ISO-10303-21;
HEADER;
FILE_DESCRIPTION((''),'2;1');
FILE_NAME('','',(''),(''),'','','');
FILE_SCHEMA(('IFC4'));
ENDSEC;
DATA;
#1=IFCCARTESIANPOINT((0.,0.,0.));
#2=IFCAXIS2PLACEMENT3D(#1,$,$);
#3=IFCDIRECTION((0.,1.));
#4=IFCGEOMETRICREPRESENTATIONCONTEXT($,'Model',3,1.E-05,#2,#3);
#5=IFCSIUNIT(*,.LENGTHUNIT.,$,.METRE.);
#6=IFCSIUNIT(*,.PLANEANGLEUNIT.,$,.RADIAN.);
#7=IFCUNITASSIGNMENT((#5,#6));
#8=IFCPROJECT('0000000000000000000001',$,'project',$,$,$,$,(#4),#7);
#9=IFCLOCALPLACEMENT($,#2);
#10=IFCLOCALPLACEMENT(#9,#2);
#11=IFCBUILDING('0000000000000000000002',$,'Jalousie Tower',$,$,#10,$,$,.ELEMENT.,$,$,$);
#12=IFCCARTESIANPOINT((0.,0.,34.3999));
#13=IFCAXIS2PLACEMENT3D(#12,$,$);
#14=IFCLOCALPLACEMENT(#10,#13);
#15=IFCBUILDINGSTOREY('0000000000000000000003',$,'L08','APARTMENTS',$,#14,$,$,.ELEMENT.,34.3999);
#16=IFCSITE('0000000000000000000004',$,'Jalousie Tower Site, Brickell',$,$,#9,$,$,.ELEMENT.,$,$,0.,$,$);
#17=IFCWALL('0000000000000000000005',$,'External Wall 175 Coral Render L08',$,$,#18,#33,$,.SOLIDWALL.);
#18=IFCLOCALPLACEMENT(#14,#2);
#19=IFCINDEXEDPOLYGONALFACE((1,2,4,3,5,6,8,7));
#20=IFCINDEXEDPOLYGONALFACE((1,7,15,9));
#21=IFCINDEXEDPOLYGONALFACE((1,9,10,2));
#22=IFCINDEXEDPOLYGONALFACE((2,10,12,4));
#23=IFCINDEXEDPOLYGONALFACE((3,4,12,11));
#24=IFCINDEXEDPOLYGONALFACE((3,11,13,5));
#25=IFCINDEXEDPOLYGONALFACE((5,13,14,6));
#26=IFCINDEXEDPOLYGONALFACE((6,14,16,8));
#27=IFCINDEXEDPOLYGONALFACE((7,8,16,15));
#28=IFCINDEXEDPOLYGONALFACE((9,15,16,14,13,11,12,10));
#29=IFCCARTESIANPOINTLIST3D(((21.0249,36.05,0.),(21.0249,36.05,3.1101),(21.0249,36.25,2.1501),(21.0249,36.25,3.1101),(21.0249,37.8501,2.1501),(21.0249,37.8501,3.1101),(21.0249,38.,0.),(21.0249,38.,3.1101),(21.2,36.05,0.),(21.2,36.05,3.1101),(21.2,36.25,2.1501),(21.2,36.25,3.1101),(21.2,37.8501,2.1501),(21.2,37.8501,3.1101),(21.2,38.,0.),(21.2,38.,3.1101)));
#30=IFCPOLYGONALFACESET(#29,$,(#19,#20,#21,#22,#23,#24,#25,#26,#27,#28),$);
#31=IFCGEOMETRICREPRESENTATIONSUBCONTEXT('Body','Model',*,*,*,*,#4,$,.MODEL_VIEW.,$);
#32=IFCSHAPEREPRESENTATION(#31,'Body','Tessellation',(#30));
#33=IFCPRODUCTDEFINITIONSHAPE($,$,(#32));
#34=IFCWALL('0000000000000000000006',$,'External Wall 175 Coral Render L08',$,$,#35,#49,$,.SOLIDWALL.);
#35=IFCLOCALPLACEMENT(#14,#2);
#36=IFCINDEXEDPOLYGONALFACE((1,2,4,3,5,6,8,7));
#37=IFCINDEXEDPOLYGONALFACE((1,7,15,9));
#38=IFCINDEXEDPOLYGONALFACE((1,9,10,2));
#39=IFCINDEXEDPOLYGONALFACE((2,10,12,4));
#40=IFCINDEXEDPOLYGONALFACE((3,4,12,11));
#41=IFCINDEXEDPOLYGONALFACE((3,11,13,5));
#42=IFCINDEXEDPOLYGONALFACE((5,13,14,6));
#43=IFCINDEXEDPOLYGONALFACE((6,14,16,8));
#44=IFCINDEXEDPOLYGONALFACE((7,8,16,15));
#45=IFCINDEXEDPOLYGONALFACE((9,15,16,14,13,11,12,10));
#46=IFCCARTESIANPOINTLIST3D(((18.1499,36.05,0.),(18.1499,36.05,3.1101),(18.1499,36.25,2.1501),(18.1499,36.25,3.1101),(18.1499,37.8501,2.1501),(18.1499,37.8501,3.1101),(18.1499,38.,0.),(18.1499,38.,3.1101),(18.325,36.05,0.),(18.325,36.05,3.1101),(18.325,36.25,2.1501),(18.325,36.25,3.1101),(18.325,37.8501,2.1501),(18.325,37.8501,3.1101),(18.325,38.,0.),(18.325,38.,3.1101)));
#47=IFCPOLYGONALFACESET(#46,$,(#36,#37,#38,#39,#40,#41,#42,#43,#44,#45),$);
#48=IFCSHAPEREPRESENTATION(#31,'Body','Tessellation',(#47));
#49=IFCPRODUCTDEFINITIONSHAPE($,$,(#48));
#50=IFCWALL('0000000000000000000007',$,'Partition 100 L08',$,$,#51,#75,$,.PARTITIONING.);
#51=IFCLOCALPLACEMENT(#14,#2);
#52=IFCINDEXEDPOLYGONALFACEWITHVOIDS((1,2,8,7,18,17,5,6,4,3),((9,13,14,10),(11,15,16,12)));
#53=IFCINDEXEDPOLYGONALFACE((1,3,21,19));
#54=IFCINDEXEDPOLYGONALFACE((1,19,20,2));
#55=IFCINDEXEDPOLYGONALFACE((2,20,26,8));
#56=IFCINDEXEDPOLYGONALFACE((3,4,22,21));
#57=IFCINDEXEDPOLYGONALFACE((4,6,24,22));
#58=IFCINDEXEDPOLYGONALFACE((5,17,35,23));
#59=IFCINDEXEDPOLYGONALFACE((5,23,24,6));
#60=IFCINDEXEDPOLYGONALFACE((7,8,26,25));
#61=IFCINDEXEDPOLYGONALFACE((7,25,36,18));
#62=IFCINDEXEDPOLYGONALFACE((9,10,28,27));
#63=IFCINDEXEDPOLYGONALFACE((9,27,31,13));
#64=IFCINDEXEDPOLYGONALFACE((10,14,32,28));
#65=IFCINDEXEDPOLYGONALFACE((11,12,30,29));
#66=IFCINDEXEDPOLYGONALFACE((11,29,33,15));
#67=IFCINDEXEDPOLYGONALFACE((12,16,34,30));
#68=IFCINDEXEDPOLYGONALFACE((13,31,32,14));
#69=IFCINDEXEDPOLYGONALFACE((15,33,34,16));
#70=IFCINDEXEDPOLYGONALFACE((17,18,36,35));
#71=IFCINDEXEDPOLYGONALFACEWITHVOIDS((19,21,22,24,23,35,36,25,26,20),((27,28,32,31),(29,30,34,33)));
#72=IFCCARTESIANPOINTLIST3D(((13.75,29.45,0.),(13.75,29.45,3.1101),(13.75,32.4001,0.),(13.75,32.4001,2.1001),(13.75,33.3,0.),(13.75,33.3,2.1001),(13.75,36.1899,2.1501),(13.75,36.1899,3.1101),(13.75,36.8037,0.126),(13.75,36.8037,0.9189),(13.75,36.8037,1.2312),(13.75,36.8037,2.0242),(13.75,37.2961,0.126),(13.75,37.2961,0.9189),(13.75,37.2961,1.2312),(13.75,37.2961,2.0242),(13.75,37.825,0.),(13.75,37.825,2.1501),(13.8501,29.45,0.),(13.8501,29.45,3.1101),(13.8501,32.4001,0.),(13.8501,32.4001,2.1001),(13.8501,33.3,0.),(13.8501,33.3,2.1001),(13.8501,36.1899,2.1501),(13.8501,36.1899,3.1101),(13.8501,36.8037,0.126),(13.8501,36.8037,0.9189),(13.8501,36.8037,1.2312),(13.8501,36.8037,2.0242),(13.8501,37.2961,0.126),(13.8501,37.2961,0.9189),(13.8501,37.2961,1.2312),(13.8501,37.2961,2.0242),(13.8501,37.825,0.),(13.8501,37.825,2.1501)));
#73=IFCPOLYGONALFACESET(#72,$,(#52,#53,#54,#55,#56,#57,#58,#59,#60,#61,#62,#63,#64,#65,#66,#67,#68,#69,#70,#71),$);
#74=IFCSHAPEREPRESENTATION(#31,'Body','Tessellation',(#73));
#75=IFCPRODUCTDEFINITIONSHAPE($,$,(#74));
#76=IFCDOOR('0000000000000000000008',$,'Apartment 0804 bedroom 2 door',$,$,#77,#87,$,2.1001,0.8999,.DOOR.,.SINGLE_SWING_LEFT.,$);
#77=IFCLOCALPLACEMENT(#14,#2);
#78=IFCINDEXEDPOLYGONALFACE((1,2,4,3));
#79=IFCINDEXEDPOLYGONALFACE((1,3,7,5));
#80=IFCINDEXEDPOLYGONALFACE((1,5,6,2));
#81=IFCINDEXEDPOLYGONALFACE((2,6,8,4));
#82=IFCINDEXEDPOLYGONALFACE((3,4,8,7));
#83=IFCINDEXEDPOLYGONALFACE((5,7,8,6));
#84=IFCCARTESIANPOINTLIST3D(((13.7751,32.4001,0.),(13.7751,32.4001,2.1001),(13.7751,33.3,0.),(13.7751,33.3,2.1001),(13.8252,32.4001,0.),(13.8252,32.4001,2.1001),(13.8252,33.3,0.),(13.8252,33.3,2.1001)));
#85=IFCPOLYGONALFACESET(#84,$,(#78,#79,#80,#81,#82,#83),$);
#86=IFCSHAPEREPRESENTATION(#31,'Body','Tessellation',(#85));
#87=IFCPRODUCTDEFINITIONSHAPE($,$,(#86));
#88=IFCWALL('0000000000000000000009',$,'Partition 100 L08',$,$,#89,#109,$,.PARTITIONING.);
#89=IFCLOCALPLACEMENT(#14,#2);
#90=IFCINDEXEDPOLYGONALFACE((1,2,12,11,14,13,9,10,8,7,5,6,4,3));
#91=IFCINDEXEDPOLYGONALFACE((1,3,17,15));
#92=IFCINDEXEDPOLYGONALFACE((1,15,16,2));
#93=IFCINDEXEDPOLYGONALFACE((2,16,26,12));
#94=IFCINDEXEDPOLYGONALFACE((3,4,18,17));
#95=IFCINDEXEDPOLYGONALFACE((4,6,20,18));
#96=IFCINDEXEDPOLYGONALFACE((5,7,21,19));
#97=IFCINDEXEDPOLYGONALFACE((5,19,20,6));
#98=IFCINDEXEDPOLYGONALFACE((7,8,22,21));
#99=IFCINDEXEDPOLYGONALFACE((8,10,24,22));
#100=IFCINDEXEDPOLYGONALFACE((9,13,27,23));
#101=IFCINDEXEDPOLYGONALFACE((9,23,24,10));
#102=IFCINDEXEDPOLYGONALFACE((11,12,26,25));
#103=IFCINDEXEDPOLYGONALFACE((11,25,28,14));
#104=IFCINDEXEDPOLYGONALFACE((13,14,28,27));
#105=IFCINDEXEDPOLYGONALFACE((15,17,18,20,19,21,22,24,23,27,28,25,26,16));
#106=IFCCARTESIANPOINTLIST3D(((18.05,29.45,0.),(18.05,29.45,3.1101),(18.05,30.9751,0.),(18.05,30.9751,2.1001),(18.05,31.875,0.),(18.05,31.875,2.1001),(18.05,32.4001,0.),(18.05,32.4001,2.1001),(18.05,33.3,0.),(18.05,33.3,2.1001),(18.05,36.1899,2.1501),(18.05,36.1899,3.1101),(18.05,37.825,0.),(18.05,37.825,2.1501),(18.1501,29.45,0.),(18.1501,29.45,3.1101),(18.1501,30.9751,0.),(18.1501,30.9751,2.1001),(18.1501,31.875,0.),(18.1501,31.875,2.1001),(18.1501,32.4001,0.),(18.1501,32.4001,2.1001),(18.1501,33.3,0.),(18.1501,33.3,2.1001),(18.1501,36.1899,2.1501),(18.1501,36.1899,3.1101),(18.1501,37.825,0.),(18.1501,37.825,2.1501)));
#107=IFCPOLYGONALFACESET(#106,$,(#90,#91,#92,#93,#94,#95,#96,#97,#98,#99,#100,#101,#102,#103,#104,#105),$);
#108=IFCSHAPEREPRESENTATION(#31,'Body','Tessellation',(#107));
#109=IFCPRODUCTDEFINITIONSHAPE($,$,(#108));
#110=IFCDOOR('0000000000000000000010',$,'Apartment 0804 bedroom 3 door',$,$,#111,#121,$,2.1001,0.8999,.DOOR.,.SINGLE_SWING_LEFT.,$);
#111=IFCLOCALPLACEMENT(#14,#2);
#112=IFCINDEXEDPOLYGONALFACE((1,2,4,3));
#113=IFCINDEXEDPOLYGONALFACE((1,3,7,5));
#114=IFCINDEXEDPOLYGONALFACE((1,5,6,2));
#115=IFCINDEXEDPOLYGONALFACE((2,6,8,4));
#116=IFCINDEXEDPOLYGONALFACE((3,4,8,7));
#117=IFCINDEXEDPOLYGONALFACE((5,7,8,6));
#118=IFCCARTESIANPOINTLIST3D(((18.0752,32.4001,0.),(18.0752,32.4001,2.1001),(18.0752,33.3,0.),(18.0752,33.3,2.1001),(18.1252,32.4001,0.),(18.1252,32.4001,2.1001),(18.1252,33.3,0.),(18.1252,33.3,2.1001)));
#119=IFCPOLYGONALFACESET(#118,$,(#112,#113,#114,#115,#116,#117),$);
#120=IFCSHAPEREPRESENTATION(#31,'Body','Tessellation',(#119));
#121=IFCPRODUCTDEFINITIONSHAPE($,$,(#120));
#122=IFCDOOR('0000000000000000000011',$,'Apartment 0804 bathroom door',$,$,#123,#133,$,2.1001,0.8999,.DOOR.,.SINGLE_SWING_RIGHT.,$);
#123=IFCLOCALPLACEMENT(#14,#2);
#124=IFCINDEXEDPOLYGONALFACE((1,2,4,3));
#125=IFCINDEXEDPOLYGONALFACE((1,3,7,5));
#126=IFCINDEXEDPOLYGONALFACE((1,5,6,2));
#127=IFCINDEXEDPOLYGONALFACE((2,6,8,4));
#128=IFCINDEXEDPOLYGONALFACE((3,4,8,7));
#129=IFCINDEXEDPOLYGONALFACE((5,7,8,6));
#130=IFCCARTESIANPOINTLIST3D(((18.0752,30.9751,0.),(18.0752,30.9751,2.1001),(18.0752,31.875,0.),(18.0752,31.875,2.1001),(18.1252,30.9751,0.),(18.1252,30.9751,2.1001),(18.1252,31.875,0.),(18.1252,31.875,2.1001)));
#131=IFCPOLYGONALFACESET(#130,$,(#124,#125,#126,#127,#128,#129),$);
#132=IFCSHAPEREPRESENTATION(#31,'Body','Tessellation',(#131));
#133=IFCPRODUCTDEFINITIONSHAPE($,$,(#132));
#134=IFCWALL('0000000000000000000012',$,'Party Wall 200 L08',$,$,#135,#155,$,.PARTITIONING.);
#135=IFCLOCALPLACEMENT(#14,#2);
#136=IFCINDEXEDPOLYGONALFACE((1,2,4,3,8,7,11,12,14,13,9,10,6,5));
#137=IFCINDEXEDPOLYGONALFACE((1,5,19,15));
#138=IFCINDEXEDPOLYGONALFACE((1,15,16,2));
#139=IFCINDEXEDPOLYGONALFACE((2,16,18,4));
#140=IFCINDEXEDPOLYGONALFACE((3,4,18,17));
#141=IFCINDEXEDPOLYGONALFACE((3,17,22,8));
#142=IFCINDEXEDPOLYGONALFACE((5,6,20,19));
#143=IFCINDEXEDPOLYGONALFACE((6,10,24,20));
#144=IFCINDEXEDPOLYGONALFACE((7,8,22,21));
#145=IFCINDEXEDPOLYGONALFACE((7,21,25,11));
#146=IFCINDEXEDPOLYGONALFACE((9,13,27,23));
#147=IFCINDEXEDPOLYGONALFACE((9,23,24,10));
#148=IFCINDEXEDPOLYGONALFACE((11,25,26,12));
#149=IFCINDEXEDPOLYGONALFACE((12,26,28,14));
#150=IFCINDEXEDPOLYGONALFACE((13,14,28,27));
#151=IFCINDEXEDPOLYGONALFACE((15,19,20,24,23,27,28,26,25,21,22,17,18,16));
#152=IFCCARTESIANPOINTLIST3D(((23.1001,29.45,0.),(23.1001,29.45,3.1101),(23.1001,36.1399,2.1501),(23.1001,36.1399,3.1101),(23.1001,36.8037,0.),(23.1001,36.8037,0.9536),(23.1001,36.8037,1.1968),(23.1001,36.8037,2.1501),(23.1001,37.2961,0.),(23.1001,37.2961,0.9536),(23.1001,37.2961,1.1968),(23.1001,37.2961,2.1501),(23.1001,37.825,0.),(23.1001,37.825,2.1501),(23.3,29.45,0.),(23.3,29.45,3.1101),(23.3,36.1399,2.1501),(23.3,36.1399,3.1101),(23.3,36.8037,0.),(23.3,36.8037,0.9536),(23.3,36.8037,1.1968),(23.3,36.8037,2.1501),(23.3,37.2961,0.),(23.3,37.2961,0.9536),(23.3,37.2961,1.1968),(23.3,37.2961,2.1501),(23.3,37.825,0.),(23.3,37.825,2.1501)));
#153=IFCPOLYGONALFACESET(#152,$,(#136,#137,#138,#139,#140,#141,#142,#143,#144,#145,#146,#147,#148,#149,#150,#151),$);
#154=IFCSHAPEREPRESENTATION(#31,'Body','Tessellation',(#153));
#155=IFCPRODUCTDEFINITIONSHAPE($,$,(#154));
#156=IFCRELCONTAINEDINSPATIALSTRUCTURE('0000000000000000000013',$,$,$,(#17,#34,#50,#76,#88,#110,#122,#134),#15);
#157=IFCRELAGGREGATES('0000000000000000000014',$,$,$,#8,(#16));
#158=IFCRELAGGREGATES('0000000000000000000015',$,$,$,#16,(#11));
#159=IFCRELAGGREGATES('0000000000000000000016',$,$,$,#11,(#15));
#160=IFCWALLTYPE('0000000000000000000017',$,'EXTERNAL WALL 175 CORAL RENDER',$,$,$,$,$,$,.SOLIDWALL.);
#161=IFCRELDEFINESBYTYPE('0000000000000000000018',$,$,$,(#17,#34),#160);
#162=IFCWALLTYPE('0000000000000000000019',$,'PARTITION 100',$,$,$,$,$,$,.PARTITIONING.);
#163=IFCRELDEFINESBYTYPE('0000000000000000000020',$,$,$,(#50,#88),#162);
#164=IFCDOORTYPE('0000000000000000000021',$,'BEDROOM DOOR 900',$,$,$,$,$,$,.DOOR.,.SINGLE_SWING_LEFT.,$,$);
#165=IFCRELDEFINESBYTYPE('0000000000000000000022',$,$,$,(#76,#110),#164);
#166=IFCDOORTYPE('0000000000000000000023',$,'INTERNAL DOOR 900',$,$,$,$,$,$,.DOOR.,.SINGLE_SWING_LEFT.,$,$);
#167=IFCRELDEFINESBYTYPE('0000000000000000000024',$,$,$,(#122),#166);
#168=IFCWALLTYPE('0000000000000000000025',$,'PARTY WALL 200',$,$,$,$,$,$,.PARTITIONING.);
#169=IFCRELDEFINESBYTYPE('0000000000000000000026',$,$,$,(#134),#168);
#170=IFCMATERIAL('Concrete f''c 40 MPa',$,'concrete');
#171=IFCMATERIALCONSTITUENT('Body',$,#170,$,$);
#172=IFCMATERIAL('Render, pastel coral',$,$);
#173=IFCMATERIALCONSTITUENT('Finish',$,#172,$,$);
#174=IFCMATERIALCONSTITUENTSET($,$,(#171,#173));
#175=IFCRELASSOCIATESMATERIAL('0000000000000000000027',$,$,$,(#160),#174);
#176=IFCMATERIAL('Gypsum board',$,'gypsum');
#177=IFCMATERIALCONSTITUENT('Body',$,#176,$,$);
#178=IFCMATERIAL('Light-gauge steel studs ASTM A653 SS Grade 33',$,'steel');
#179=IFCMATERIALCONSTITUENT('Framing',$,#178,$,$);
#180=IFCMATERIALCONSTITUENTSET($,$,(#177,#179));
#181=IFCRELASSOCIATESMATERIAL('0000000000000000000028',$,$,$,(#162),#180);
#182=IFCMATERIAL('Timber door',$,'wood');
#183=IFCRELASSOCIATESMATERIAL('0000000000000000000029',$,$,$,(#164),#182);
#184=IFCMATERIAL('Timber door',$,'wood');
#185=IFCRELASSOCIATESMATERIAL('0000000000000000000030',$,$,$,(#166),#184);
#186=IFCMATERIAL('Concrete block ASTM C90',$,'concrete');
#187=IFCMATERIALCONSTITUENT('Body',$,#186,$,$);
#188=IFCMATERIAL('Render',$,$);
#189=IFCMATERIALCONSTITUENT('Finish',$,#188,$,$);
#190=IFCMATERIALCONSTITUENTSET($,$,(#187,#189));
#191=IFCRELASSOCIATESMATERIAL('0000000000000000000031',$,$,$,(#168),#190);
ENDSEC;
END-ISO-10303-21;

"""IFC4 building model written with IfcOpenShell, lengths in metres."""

from ifc_helpers import new_model, si_unit, direction, frame, frame_2d, origin, place, context, subcontext, project, spatial, polyline, rectangle, outline, extrude, material, constituent, constituent_set, type_object, element, fill, save


model = new_model("IFC4")

# Units and contexts
model_context = context("Model", 3, precision=1e-05, world=origin(), true_north=direction((0.0, 1.0)))
body_context = subcontext(model_context, "Body", "Model", "MODEL_VIEW")
ifc_project = project(units=[si_unit("LENGTHUNIT", "METRE"), si_unit("PLANEANGLEUNIT", "RADIAN")], contexts=[model_context])

# Site, building, storey
site_placement = place(None, origin())
site = spatial("IfcSite", under=ifc_project, at=site_placement, Name="Jalousie Tower Site, Brickell", CompositionType="ELEMENT", RefElevation=0.0)
building_placement = place(site_placement, origin())
building = spatial("IfcBuilding", under=site, at=building_placement, Name="Jalousie Tower", CompositionType="ELEMENT")
storey_placement = place(building_placement, frame((0.0, 0.0, 34.3999)))
storey = spatial("IfcBuildingStorey", under=building, at=storey_placement, Name="L08", Description="APARTMENTS", CompositionType="ELEMENT", Elevation=34.3999)

# Shared definitions
ifc_material_1 = material(Name="Concrete f'c 40 MPa", Category="concrete")
ifc_constituent_1 = constituent(ifc_material_1, Name="Body")
ifc_material_2 = material(Name="Render, pastel coral")
ifc_constituent_2 = constituent(ifc_material_2, Name="Finish")
ifc_constituent_set_1 = constituent_set(constituents=[ifc_constituent_1, ifc_constituent_2])
wall_type_1 = type_object("IfcWallType", Name="EXTERNAL WALL 175 CORAL RENDER", PredefinedType="SOLIDWALL", material=ifc_constituent_set_1)

# Walls
for number, where, z_axis, x_axis, name in (
    (1, (21.1125, 38.0, 0.0), (0.0, 0.0, 1.0), (0.0, -1.0, 0.0), "External Wall 175 Coral Render L08"),
    (2, (18.2375, 38.0, 0.0), (0.0, 0.0, 1.0), (0.0, -1.0, 0.0), "External Wall 175 Coral Render L08"),
):
    element("IfcWall", number, at=place(storey_placement, frame(where, z_axis=z_axis, x_axis=x_axis)), inside=storey, type_object=wall_type_1, Name=name, PredefinedType="SOLIDWALL", context=body_context, shape_type="SweptSolid", body=[
        extrude(outline(polyline([(0.0, 0.0), (1.95, 0.0), (1.95, 3.1101), (1.75, 3.1101), (1.75, 2.1501), (0.1499, 2.1501), (0.1499, 3.1101), (0.0, 3.1101), (0.0, 0.0)])), frame((0.0, 0.0874, 0.0), z_axis=(0.0, -1.0, 0.0), x_axis=(1.0, 0.0, 0.0)), (0.0, 0.0, 1.0), 0.175),
    ])

# Wall, opening, door
ifc_material_3 = material(Name="Gypsum board", Category="gypsum")
ifc_constituent_3 = constituent(ifc_material_3, Name="Body")
ifc_material_4 = material(Name="Light-gauge steel studs ASTM A653 SS Grade 33", Category="steel")
ifc_constituent_4 = constituent(ifc_material_4, Name="Framing")
ifc_constituent_set_2 = constituent_set(constituents=[ifc_constituent_3, ifc_constituent_4])
wall_type_2 = type_object("IfcWallType", Name="PARTITION 100", PredefinedType="PARTITIONING", material=ifc_constituent_set_2)
wall_1_placement = place(storey_placement, frame((13.8, 37.825, 0.0), z_axis=(0.0, 0.0, 1.0), x_axis=(0.0, -1.0, 0.0)))
wall_1 = element("IfcWall", 3, at=wall_1_placement, inside=storey, type_object=wall_type_2, Name="Partition 100 L08", PredefinedType="PARTITIONING", context=body_context, shape_type="SweptSolid", body=[
    extrude(outline(polyline([(1.635, 2.1501), (0.0, 2.1501), (0.0, 0.0), (8.375, 0.0), (8.375, 3.1101), (1.635, 3.1101), (1.635, 2.1501)]), holes=[polyline([(1.0212, 0.126), (0.5288, 0.126), (0.5288, 0.9189), (1.0212, 0.9189), (1.0212, 0.126)]), polyline([(1.0212, 1.2312), (0.5288, 1.2312), (0.5288, 2.0242), (1.0212, 2.0242), (1.0212, 1.2312)])]), frame((0.0, 0.05, 0.0), z_axis=(0.0, -1.0, 0.0), x_axis=(1.0, 0.0, 0.0)), (0.0, 0.0, 1.0), 0.1001),
])
opening_1_placement = place(wall_1_placement, frame((4.5249, 0.0, 0.0)))
opening_1 = element("IfcOpeningElement", 4, at=opening_1_placement, cuts=wall_1, PredefinedType="OPENING", context=body_context, shape_type="SweptSolid", body=[
    extrude(rectangle(XDim=0.8999, YDim=2.1001, at=frame_2d((0.45, 1.05))), frame((0.0, 0.0601, 0.0), z_axis=(0.0, -1.0, 0.0), x_axis=(1.0, 0.0, 0.0)), (0.0, 0.0, 1.0), 0.1201),
])
ifc_material_5 = material(Name="Timber door", Category="wood")
door_type_1 = type_object("IfcDoorType", Name="BEDROOM DOOR 900", OperationType="SINGLE_SWING_LEFT", PredefinedType="DOOR", material=ifc_material_5)
door_1_placement = place(opening_1_placement, frame((0.8999, 0.0, 0.0), z_axis=(0.0, 0.0, 1.0), x_axis=(-1.0, 0.0, 0.0)))
door_1 = element("IfcDoor", 5, at=door_1_placement, inside=storey, type_object=door_type_1, Name="Apartment 0804 bedroom 2 door", OperationType="SINGLE_SWING_LEFT", OverallHeight=2.1001, OverallWidth=0.8999, PredefinedType="DOOR", context=body_context, shape_type="SweptSolid", body=[
    extrude(rectangle(XDim=0.8999, YDim=2.1001, at=frame_2d((0.45, 1.05))), frame((0.0, 0.0249, 0.0), z_axis=(0.0, -1.0, 0.0), x_axis=(1.0, 0.0, 0.0)), (0.0, 0.0, 1.0), 0.05),
])
fill(opening_1, door_1)

# Wall, openings, doors
wall_2_placement = place(storey_placement, frame((18.1001, 37.825, 0.0), z_axis=(0.0, 0.0, 1.0), x_axis=(0.0, -1.0, 0.0)))
wall_2 = element("IfcWall", 6, at=wall_2_placement, inside=storey, type_object=wall_type_2, Name="Partition 100 L08", PredefinedType="PARTITIONING", context=body_context, shape_type="SweptSolid", body=[
    extrude(outline(polyline([(0.0, 0.0), (8.375, 0.0), (8.375, 3.1101), (1.635, 3.1101), (1.635, 2.1501), (0.0, 2.1501), (0.0, 3.1101), (0.0, 0.0)])), frame((0.0, 0.05, 0.0), z_axis=(0.0, -1.0, 0.0), x_axis=(1.0, 0.0, 0.0)), (0.0, 0.0, 1.0), 0.1001),
])
opening_2_placement = place(wall_2_placement, frame((4.5249, 0.0, 0.0)))
opening_2 = element("IfcOpeningElement", 7, at=opening_2_placement, cuts=wall_2, PredefinedType="OPENING", context=body_context, shape_type="SweptSolid", body=[
    extrude(rectangle(XDim=0.8999, YDim=2.1001, at=frame_2d((0.45, 1.05))), frame((0.0, 0.0601, 0.0), z_axis=(0.0, -1.0, 0.0), x_axis=(1.0, 0.0, 0.0)), (0.0, 0.0, 1.0), 0.1201),
])
opening_3_placement = place(wall_2_placement, frame((5.95, 0.0, 0.0)))
opening_3 = element("IfcOpeningElement", 8, at=opening_3_placement, cuts=wall_2, PredefinedType="OPENING", context=body_context, shape_type="SweptSolid", body=[
    extrude(rectangle(XDim=0.8999, YDim=2.1001, at=frame_2d((0.45, 1.05))), frame((0.0, 0.0601, 0.0), z_axis=(0.0, -1.0, 0.0), x_axis=(1.0, 0.0, 0.0)), (0.0, 0.0, 1.0), 0.1201),
])
door_2_placement = place(opening_2_placement, frame((0.8999, 0.0, 0.0), z_axis=(0.0, 0.0, 1.0), x_axis=(-1.0, 0.0, 0.0)))
door_2 = element("IfcDoor", 9, at=door_2_placement, inside=storey, type_object=door_type_1, Name="Apartment 0804 bedroom 3 door", OperationType="SINGLE_SWING_LEFT", OverallHeight=2.1001, OverallWidth=0.8999, PredefinedType="DOOR", context=body_context, shape_type="SweptSolid", body=[
    extrude(rectangle(XDim=0.8999, YDim=2.1001, at=frame_2d((0.45, 1.05))), frame((0.0, 0.0249, 0.0), z_axis=(0.0, -1.0, 0.0), x_axis=(1.0, 0.0, 0.0)), (0.0, 0.0, 1.0), 0.05),
])
fill(opening_2, door_2)
ifc_material_6 = material(Name="Timber door", Category="wood")
door_type_2 = type_object("IfcDoorType", Name="INTERNAL DOOR 900", OperationType="SINGLE_SWING_LEFT", PredefinedType="DOOR", material=ifc_material_6)
door_3_placement = place(opening_3_placement, frame((0.8999, 0.0, 0.0), z_axis=(0.0, 0.0, 1.0), x_axis=(-1.0, 0.0, 0.0)))
door_3 = element("IfcDoor", 10, at=door_3_placement, inside=storey, type_object=door_type_2, Name="Apartment 0804 bathroom door", OperationType="SINGLE_SWING_RIGHT", OverallHeight=2.1001, OverallWidth=0.8999, PredefinedType="DOOR", context=body_context, shape_type="SweptSolid", body=[
    extrude(rectangle(XDim=0.8999, YDim=2.1001, at=frame_2d((0.45, 1.05))), frame((0.0, 0.0249, 0.0), z_axis=(0.0, -1.0, 0.0), x_axis=(1.0, 0.0, 0.0)), (0.0, 0.0, 1.0), 0.05),
])
fill(opening_3, door_3)

# Wall
ifc_material_7 = material(Name="Concrete block ASTM C90", Category="concrete")
ifc_constituent_5 = constituent(ifc_material_7, Name="Body")
ifc_material_8 = material(Name="Render")
ifc_constituent_6 = constituent(ifc_material_8, Name="Finish")
ifc_constituent_set_3 = constituent_set(constituents=[ifc_constituent_5, ifc_constituent_6])
wall_type_3 = type_object("IfcWallType", Name="PARTY WALL 200", PredefinedType="PARTITIONING", material=ifc_constituent_set_3)
wall_3_placement = place(storey_placement, frame((23.2, 37.825, 0.0), z_axis=(0.0, 0.0, 1.0), x_axis=(0.0, -1.0, 0.0)))
element("IfcWall", 11, at=wall_3_placement, inside=storey, type_object=wall_type_3, Name="Party Wall 200 L08", PredefinedType="PARTITIONING", context=body_context, shape_type="SweptSolid", body=[
    extrude(outline(polyline([(0.5288, 2.1501), (0.0, 2.1501), (0.0, 0.0), (0.5288, 0.0), (0.5288, 0.9536), (1.0212, 0.9536), (1.0212, 0.0), (8.375, 0.0), (8.375, 3.1101), (1.6851, 3.1101), (1.6851, 2.1501), (1.0212, 2.1501), (1.0212, 1.1968), (0.5288, 1.1968), (0.5288, 2.1501)])), frame((0.0, 0.1001, 0.0), z_axis=(0.0, -1.0, 0.0), x_axis=(1.0, 0.0, 0.0)), (0.0, 0.0, 1.0), 0.2),
])

save(model, "model.ifc")
